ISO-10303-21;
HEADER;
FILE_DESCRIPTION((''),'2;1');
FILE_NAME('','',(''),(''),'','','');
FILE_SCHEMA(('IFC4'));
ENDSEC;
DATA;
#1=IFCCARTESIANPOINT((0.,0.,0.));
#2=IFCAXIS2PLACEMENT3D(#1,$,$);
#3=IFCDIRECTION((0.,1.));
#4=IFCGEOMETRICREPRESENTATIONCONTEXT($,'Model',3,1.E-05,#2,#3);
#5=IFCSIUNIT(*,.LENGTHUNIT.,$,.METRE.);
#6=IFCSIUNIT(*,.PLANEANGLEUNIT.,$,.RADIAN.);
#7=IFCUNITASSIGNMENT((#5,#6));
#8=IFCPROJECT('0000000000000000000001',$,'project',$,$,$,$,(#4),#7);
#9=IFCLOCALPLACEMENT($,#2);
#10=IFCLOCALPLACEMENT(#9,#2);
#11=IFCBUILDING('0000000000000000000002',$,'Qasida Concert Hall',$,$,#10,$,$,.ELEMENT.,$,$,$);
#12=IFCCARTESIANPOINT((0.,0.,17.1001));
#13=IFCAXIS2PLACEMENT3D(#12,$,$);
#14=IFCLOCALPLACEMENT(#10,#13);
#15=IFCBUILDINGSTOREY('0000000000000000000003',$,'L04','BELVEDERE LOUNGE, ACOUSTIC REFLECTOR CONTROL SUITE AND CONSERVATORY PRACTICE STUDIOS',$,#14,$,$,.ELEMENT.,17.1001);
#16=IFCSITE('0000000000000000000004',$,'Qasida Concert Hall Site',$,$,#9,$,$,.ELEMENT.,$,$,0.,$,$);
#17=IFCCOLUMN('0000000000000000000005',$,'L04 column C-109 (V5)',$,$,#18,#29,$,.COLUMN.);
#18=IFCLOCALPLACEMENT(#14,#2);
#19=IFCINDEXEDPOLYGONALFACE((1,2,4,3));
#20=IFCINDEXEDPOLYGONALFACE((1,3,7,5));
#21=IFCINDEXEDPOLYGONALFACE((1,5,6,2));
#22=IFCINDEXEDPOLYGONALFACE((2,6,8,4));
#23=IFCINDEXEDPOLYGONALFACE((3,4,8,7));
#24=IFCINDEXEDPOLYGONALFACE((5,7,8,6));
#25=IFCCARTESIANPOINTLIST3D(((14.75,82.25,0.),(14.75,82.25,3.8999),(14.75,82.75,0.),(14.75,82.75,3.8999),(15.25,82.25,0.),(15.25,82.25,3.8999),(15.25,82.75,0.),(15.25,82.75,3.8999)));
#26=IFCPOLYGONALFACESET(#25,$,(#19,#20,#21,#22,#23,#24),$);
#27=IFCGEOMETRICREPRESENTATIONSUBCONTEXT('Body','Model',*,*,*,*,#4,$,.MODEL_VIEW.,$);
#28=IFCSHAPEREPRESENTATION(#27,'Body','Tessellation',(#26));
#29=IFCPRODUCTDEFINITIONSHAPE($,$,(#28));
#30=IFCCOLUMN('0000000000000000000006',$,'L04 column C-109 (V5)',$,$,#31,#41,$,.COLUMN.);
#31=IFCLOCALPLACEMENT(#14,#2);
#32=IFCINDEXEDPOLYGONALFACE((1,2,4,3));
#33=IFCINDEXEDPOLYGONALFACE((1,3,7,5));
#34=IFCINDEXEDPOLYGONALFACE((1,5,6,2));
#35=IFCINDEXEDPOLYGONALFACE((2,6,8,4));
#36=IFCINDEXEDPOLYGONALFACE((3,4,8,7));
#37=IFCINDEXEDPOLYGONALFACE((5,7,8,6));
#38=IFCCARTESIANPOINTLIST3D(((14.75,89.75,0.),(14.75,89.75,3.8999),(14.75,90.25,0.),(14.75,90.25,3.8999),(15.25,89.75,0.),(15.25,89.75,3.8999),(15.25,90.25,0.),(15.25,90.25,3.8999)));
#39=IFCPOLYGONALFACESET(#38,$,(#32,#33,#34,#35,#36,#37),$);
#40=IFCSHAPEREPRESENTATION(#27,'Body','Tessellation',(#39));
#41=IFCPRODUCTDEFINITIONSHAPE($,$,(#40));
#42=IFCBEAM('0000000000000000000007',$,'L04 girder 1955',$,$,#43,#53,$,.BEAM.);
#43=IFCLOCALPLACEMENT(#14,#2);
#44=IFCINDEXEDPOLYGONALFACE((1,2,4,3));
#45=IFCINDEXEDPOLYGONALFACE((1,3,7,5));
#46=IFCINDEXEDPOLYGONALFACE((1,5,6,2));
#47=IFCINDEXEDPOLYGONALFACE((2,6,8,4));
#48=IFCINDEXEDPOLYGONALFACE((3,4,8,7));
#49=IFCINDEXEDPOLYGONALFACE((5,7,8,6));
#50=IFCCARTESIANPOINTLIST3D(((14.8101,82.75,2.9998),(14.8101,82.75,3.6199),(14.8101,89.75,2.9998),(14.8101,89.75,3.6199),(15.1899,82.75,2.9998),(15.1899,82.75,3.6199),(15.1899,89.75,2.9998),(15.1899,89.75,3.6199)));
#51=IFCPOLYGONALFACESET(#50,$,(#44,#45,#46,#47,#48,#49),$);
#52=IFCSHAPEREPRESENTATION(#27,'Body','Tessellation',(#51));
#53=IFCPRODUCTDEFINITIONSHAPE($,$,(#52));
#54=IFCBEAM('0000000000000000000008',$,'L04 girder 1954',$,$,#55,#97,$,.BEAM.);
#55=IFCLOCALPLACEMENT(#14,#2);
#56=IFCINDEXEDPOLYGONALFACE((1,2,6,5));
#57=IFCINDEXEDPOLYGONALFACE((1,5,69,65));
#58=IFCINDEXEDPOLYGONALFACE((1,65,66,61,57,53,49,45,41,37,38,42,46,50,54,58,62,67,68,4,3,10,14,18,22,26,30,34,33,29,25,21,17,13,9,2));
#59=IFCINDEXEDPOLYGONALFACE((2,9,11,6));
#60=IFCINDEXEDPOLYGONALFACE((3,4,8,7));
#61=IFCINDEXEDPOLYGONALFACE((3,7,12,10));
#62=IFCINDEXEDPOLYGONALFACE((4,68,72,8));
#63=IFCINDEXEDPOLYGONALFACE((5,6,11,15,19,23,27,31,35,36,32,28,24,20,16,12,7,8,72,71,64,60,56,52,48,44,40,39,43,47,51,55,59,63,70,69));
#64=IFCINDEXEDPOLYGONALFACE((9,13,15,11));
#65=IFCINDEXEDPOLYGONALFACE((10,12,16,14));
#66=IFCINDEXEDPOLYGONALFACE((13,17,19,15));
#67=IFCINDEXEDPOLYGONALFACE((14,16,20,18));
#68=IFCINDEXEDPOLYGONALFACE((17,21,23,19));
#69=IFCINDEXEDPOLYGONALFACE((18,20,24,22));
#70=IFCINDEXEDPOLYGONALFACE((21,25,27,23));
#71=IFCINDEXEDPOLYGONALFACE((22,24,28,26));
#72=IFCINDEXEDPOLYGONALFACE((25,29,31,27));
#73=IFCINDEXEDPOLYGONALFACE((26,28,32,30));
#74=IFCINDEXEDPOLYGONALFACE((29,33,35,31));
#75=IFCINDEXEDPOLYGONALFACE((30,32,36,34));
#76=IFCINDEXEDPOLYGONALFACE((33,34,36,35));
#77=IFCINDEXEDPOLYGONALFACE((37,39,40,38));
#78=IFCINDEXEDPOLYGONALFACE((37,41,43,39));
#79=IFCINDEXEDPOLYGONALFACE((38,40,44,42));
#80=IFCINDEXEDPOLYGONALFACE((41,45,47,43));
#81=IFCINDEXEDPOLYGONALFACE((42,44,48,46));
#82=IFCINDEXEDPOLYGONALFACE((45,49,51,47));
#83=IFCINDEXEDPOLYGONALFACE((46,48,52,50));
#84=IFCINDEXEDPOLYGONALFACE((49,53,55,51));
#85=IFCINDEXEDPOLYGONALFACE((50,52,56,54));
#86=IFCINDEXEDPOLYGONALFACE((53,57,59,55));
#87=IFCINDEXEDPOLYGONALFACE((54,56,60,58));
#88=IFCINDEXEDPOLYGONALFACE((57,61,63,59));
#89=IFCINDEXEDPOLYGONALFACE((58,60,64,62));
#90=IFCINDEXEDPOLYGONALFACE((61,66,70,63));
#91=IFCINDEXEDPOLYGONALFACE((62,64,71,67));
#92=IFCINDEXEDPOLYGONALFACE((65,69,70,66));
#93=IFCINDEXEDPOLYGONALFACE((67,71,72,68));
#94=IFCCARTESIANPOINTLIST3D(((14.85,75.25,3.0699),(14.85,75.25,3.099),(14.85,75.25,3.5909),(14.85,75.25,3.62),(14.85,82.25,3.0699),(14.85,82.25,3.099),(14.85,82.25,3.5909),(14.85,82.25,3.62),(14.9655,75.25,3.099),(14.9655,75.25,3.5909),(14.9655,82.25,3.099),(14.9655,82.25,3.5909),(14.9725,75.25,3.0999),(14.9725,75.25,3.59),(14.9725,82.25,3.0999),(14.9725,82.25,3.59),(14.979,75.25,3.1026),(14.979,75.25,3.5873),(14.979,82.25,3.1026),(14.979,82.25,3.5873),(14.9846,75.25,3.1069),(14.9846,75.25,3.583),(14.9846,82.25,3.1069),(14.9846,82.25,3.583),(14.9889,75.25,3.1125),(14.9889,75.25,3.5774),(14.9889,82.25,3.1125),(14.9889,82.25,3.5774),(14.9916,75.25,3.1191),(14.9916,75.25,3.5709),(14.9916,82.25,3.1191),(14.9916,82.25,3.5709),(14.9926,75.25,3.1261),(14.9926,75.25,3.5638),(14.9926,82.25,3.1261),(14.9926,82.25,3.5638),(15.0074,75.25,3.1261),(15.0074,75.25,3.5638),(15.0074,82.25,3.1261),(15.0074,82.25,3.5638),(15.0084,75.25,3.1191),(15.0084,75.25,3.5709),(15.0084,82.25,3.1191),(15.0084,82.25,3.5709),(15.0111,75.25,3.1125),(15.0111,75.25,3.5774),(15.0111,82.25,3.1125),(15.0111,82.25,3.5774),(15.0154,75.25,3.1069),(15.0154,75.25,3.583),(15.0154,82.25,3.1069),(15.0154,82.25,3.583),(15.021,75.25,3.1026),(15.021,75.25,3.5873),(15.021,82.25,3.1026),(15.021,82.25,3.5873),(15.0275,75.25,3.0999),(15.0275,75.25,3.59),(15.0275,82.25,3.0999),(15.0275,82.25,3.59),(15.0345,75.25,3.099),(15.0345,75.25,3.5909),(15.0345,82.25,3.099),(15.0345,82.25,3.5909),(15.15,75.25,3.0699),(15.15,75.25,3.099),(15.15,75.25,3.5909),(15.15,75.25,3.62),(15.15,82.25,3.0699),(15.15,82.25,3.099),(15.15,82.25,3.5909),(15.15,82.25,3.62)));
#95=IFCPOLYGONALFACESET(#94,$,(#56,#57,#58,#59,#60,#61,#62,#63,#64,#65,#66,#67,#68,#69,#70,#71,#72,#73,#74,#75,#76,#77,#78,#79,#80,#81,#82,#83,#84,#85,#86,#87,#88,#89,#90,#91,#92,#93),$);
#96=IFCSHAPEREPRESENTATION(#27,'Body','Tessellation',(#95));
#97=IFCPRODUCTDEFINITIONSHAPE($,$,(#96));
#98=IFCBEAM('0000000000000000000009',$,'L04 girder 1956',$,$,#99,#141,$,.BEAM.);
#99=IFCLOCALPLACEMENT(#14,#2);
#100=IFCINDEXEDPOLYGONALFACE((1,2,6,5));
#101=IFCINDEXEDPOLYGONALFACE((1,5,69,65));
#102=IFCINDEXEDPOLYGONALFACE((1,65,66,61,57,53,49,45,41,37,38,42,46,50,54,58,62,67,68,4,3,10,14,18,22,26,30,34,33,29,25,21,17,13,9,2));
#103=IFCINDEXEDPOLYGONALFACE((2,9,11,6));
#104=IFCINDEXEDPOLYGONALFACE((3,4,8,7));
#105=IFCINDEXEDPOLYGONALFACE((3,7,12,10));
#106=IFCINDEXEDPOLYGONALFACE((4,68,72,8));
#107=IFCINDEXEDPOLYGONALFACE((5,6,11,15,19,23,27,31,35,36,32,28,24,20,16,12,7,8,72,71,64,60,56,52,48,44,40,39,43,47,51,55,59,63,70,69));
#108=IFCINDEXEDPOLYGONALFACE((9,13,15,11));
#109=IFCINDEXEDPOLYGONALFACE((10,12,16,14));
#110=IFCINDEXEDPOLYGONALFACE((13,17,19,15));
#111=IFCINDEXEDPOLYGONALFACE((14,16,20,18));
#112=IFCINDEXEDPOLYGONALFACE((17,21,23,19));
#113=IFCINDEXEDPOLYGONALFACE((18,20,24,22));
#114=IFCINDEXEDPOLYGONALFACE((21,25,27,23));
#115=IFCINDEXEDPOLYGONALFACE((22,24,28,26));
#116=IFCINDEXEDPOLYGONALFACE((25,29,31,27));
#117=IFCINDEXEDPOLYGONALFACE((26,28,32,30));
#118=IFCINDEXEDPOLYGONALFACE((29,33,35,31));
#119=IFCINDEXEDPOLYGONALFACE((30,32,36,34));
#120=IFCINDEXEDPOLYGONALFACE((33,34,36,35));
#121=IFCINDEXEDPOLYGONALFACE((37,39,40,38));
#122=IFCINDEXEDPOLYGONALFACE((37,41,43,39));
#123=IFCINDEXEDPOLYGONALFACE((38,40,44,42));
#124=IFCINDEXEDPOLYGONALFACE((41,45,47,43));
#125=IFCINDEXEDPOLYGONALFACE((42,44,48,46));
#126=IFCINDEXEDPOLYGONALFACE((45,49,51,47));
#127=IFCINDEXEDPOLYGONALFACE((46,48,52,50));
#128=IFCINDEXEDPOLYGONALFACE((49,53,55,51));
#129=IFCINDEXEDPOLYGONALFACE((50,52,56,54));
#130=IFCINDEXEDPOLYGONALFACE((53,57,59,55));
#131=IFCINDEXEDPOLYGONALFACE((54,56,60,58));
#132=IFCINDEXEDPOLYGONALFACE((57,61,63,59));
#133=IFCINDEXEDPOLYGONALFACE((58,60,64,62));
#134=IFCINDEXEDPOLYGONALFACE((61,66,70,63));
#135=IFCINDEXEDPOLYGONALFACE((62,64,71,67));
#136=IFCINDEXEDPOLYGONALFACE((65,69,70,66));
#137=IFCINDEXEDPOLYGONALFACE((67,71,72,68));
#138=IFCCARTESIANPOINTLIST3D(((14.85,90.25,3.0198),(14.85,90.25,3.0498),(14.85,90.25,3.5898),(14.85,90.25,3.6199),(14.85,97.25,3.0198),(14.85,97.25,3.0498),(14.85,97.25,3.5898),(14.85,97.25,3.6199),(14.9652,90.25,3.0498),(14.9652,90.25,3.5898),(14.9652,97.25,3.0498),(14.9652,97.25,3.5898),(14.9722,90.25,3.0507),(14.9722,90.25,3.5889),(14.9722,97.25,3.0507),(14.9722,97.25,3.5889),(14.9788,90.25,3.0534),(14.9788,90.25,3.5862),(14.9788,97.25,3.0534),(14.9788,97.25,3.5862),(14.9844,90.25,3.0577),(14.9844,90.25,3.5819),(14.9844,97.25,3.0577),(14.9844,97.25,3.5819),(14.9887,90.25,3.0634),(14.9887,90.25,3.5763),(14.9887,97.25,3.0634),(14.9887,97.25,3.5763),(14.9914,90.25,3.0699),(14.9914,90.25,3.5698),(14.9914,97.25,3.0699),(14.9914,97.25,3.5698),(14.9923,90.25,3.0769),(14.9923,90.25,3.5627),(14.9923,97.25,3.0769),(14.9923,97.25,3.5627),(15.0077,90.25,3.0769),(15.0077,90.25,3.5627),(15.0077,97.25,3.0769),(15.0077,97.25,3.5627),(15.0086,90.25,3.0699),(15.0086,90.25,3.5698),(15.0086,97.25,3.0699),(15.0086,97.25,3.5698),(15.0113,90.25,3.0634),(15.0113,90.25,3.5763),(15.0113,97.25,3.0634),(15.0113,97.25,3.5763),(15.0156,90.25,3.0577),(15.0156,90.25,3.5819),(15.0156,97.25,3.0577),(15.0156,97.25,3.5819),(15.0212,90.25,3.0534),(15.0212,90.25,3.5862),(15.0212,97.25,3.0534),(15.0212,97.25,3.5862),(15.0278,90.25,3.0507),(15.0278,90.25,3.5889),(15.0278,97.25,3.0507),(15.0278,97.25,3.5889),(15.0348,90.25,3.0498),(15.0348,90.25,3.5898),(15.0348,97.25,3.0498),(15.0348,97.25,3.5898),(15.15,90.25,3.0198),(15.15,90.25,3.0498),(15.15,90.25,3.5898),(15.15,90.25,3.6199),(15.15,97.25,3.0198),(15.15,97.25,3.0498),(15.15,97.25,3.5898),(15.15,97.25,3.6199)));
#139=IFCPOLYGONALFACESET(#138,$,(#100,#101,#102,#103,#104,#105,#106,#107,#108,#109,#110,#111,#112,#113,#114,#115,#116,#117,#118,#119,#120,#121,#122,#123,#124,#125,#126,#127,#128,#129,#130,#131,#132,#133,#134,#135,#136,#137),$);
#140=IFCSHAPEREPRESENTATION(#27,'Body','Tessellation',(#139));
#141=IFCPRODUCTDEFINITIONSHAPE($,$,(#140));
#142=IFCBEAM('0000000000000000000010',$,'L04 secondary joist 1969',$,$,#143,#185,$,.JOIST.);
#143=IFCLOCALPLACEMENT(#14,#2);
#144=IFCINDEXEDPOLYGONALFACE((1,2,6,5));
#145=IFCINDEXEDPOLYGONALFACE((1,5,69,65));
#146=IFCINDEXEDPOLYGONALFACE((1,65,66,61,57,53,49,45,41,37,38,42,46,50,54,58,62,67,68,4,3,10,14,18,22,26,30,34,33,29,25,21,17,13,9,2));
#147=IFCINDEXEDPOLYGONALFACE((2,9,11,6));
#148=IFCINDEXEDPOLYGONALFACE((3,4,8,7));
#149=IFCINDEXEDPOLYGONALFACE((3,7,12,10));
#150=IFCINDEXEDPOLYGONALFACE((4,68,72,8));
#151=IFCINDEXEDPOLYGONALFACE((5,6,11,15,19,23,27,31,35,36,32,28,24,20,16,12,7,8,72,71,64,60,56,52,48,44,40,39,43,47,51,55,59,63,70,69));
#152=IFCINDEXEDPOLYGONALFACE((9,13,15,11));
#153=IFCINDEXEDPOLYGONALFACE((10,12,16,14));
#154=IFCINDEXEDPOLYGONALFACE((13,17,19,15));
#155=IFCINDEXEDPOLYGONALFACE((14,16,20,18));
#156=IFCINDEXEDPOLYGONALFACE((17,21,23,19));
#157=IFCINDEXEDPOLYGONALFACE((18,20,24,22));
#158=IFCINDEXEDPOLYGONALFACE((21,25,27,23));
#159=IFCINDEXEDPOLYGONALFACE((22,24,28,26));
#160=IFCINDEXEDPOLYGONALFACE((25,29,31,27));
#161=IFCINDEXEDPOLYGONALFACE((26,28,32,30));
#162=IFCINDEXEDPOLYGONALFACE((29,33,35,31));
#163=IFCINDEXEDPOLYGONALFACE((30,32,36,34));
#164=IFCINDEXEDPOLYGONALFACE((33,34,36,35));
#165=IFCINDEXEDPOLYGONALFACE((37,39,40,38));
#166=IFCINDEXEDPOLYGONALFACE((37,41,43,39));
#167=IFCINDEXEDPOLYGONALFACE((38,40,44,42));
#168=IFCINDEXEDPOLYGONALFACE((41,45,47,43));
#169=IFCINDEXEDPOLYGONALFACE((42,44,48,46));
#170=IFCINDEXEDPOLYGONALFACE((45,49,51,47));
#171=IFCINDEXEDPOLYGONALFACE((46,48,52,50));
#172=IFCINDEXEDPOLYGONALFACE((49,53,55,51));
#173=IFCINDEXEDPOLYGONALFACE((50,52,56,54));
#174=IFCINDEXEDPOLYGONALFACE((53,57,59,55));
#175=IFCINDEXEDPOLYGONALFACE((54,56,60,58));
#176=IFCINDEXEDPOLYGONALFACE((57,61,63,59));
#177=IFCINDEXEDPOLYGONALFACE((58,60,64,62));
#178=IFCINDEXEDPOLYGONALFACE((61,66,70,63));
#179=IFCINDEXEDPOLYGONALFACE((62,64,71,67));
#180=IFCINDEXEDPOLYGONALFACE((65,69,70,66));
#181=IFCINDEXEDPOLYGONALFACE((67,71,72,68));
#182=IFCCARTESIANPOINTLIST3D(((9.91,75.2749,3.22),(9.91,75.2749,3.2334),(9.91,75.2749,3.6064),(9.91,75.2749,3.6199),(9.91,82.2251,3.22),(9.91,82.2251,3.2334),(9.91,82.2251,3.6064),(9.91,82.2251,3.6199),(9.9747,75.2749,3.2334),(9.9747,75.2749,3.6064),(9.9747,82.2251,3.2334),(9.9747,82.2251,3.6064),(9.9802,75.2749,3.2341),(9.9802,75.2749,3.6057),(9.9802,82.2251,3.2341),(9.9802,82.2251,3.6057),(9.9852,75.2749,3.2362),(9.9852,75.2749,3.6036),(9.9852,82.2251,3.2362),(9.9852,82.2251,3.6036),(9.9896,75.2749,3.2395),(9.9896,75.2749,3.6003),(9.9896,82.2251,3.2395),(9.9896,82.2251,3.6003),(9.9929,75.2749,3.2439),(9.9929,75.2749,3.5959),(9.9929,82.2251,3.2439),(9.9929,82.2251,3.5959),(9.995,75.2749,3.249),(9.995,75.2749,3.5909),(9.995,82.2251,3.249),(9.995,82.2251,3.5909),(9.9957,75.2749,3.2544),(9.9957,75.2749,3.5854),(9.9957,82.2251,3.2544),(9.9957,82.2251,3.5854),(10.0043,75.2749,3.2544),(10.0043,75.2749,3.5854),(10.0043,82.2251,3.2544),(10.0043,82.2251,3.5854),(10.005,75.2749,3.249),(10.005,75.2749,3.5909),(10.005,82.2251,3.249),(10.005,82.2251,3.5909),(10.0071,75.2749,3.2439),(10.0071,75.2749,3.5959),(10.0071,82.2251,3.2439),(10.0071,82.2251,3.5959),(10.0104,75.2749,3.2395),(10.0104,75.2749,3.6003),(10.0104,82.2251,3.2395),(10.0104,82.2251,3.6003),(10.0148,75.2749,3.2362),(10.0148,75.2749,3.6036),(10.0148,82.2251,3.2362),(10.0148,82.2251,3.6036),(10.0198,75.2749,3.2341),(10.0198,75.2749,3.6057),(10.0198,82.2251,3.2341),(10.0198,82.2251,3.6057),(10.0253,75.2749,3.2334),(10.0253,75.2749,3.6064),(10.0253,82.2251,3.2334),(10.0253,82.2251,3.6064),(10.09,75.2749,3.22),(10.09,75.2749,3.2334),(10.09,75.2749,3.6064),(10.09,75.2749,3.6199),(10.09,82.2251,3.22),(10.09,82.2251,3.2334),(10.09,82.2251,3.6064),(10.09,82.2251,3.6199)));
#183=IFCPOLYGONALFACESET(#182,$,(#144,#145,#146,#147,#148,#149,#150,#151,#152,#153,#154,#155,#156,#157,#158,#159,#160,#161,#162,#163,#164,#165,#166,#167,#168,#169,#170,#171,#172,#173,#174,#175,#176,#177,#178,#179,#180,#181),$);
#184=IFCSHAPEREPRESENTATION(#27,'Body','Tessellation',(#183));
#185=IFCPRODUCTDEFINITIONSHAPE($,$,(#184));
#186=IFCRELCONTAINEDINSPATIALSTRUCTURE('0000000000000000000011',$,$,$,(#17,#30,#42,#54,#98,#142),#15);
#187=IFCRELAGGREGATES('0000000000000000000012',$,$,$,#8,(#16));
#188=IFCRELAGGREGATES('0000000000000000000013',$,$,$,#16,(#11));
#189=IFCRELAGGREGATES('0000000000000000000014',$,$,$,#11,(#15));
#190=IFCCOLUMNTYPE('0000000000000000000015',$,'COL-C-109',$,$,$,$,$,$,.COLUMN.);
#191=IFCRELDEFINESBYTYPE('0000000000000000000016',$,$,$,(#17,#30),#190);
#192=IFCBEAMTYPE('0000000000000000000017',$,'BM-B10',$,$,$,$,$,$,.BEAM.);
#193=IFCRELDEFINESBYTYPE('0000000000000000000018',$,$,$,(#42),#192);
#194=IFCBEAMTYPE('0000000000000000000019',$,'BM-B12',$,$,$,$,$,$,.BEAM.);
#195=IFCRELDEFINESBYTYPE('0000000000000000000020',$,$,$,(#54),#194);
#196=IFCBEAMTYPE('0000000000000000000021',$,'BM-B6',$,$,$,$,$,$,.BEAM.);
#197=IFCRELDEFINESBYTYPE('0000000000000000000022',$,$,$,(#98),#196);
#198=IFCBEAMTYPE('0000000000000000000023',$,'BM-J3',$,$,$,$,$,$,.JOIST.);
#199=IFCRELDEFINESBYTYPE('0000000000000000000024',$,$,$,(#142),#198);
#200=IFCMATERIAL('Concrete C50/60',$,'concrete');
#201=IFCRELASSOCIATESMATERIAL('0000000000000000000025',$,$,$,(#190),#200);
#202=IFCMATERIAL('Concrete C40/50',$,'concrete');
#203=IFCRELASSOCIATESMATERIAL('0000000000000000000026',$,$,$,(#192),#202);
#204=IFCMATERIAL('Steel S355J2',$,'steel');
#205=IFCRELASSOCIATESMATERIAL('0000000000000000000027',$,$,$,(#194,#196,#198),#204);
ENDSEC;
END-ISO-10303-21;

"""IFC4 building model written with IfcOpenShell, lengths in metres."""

from ifc_helpers import new_model, si_unit, direction, frame, origin, origin_2d, place, context, subcontext, project, spatial, rectangle, i_section, extrude, material, material_profile, profile_set, type_object, element, save


model = new_model("IFC4")

# Units and contexts
model_context = context("Model", 3, precision=1e-05, world=origin(), true_north=direction((0.0, 1.0)))
body_context = subcontext(model_context, "Body", "Model", "MODEL_VIEW")
ifc_project = project(units=[si_unit("LENGTHUNIT", "METRE"), si_unit("PLANEANGLEUNIT", "RADIAN")], contexts=[model_context])

# Site, building, storey
site_placement = place(None, origin())
site = spatial("IfcSite", under=ifc_project, at=site_placement, Name="Qasida Concert Hall Site", CompositionType="ELEMENT", RefElevation=0.0)
building_placement = place(site_placement, origin())
building = spatial("IfcBuilding", under=site, at=building_placement, Name="Qasida Concert Hall", CompositionType="ELEMENT")
storey_placement = place(building_placement, frame((0.0, 0.0, 17.1001)))
storey = spatial("IfcBuildingStorey", under=building, at=storey_placement, Name="L04", Description="BELVEDERE LOUNGE, ACOUSTIC REFLECTOR CONTROL SUITE AND CONSERVATORY PRACTICE STUDIOS", CompositionType="ELEMENT", Elevation=17.1001)

# Columns
ifc_material_1 = material(Name="Concrete C50/60", Category="concrete")
ifc_material_profile_1 = material_profile(ifc_material_1, rectangle(XDim=0.5, YDim=0.5, at=origin_2d()), Name="RC 500x500")
ifc_profile_set_1 = profile_set([ifc_material_profile_1], Name="Concrete C50/60")
column_type = type_object("IfcColumnType", Name="COL-C-109", PredefinedType="COLUMN", material=ifc_profile_set_1)
for number, where, z_axis, x_axis, name in (
    (1, (15.0, 82.5, 0.0), (0.0, 0.0, 1.0), (1.0, 0.0, 0.0), "L04 column C-109 (V5)"),
    (2, (15.0, 90.0, 0.0), (0.0, 0.0, 1.0), (1.0, 0.0, 0.0), "L04 column C-109 (V5)"),
):
    element("IfcColumn", number, at=place(storey_placement, frame(where, z_axis=z_axis, x_axis=x_axis)), inside=storey, type_object=column_type, Name=name, PredefinedType="COLUMN", context=body_context, shape_type="SweptSolid", body=[
        extrude(rectangle(XDim=0.5, YDim=0.5, at=origin_2d()), origin(), (0.0, 0.0, 1.0), 3.8999),
    ])

# Beams
ifc_material_2 = material(Name="Concrete C40/50", Category="concrete")
ifc_material_profile_2 = material_profile(ifc_material_2, rectangle(XDim=0.3799, YDim=0.6201, at=origin_2d()), Name="RC 380x620")
ifc_profile_set_2 = profile_set([ifc_material_profile_2], Name="Concrete C40/50")
beam_type_1 = type_object("IfcBeamType", Name="BM-B10", PredefinedType="BEAM", material=ifc_profile_set_2)
beam_1_placement = place(storey_placement, frame((15.0, 82.75, 3.3098), z_axis=(0.0, 1.0, 0.0), x_axis=(-1.0, 0.0, 0.0)))
element("IfcBeam", 3, at=beam_1_placement, inside=storey, type_object=beam_type_1, Name="L04 girder 1955", PredefinedType="BEAM", context=body_context, shape_type="SweptSolid", body=[
    extrude(rectangle(XDim=0.3799, YDim=0.6201, at=origin_2d()), origin(), (0.0, 0.0, 1.0), 7.0),
])
ifc_material_3 = material(Name="Steel S355J2", Category="steel")
ifc_material_profile_3 = material_profile(ifc_material_3, i_section(OverallWidth=0.3, OverallDepth=0.55, WebThickness=0.0149, FlangeThickness=0.0291, FilletRadius=0.0271, at=origin_2d()), Name="HEB 550")
ifc_profile_set_3 = profile_set([ifc_material_profile_3], Name="Steel S355J2")
beam_type_2 = type_object("IfcBeamType", Name="BM-B12", PredefinedType="BEAM", material=ifc_profile_set_3)
beam_2_placement = place(storey_placement, frame((15.0, 75.25, 3.345), z_axis=(0.0, 1.0, 0.0), x_axis=(-1.0, 0.0, 0.0)))
element("IfcBeam", 4, at=beam_2_placement, inside=storey, type_object=beam_type_2, Name="L04 girder 1954", PredefinedType="BEAM", context=body_context, shape_type="SweptSolid", body=[
    extrude(i_section(OverallWidth=0.3, OverallDepth=0.55, WebThickness=0.0149, FlangeThickness=0.0291, FilletRadius=0.0271, at=origin_2d()), origin(), (0.0, 0.0, 1.0), 7.0),
])
ifc_material_profile_4 = material_profile(ifc_material_3, i_section(OverallWidth=0.3, OverallDepth=0.6001, WebThickness=0.0154, FlangeThickness=0.03, FilletRadius=0.0271, at=origin_2d()), Name="HEB 600")
ifc_profile_set_4 = profile_set([ifc_material_profile_4], Name="Steel S355J2")
beam_type_3 = type_object("IfcBeamType", Name="BM-B6", PredefinedType="BEAM", material=ifc_profile_set_4)
beam_3_placement = place(storey_placement, frame((15.0, 90.25, 3.3198), z_axis=(0.0, 1.0, 0.0), x_axis=(-1.0, 0.0, 0.0)))
element("IfcBeam", 5, at=beam_3_placement, inside=storey, type_object=beam_type_3, Name="L04 girder 1956", PredefinedType="BEAM", context=body_context, shape_type="SweptSolid", body=[
    extrude(i_section(OverallWidth=0.3, OverallDepth=0.6001, WebThickness=0.0154, FlangeThickness=0.03, FilletRadius=0.0271, at=origin_2d()), origin(), (0.0, 0.0, 1.0), 7.0),
])
ifc_material_profile_5 = material_profile(ifc_material_3, i_section(OverallWidth=0.1799, OverallDepth=0.3999, WebThickness=0.0085, FlangeThickness=0.0134, FilletRadius=0.021, at=origin_2d()), Name="IPE 400")
ifc_profile_set_5 = profile_set([ifc_material_profile_5], Name="Steel S355J2")
beam_type_4 = type_object("IfcBeamType", Name="BM-J3", PredefinedType="JOIST", material=ifc_profile_set_5)
for number, where, z_axis, x_axis, name in (
    (6, (10.0, 75.2749, 3.4199), (0.0, 1.0, 0.0), (-1.0, 0.0, 0.0), "L04 secondary joist 1969"),
):
    element("IfcBeam", number, at=place(storey_placement, frame(where, z_axis=z_axis, x_axis=x_axis)), inside=storey, type_object=beam_type_4, Name=name, PredefinedType="JOIST", context=body_context, shape_type="SweptSolid", body=[
        extrude(i_section(OverallWidth=0.1799, OverallDepth=0.3999, WebThickness=0.0085, FlangeThickness=0.0134, FilletRadius=0.021, at=origin_2d()), origin(), (0.0, 0.0, 1.0), 6.9502),
    ])

save(model, "model.ifc")
